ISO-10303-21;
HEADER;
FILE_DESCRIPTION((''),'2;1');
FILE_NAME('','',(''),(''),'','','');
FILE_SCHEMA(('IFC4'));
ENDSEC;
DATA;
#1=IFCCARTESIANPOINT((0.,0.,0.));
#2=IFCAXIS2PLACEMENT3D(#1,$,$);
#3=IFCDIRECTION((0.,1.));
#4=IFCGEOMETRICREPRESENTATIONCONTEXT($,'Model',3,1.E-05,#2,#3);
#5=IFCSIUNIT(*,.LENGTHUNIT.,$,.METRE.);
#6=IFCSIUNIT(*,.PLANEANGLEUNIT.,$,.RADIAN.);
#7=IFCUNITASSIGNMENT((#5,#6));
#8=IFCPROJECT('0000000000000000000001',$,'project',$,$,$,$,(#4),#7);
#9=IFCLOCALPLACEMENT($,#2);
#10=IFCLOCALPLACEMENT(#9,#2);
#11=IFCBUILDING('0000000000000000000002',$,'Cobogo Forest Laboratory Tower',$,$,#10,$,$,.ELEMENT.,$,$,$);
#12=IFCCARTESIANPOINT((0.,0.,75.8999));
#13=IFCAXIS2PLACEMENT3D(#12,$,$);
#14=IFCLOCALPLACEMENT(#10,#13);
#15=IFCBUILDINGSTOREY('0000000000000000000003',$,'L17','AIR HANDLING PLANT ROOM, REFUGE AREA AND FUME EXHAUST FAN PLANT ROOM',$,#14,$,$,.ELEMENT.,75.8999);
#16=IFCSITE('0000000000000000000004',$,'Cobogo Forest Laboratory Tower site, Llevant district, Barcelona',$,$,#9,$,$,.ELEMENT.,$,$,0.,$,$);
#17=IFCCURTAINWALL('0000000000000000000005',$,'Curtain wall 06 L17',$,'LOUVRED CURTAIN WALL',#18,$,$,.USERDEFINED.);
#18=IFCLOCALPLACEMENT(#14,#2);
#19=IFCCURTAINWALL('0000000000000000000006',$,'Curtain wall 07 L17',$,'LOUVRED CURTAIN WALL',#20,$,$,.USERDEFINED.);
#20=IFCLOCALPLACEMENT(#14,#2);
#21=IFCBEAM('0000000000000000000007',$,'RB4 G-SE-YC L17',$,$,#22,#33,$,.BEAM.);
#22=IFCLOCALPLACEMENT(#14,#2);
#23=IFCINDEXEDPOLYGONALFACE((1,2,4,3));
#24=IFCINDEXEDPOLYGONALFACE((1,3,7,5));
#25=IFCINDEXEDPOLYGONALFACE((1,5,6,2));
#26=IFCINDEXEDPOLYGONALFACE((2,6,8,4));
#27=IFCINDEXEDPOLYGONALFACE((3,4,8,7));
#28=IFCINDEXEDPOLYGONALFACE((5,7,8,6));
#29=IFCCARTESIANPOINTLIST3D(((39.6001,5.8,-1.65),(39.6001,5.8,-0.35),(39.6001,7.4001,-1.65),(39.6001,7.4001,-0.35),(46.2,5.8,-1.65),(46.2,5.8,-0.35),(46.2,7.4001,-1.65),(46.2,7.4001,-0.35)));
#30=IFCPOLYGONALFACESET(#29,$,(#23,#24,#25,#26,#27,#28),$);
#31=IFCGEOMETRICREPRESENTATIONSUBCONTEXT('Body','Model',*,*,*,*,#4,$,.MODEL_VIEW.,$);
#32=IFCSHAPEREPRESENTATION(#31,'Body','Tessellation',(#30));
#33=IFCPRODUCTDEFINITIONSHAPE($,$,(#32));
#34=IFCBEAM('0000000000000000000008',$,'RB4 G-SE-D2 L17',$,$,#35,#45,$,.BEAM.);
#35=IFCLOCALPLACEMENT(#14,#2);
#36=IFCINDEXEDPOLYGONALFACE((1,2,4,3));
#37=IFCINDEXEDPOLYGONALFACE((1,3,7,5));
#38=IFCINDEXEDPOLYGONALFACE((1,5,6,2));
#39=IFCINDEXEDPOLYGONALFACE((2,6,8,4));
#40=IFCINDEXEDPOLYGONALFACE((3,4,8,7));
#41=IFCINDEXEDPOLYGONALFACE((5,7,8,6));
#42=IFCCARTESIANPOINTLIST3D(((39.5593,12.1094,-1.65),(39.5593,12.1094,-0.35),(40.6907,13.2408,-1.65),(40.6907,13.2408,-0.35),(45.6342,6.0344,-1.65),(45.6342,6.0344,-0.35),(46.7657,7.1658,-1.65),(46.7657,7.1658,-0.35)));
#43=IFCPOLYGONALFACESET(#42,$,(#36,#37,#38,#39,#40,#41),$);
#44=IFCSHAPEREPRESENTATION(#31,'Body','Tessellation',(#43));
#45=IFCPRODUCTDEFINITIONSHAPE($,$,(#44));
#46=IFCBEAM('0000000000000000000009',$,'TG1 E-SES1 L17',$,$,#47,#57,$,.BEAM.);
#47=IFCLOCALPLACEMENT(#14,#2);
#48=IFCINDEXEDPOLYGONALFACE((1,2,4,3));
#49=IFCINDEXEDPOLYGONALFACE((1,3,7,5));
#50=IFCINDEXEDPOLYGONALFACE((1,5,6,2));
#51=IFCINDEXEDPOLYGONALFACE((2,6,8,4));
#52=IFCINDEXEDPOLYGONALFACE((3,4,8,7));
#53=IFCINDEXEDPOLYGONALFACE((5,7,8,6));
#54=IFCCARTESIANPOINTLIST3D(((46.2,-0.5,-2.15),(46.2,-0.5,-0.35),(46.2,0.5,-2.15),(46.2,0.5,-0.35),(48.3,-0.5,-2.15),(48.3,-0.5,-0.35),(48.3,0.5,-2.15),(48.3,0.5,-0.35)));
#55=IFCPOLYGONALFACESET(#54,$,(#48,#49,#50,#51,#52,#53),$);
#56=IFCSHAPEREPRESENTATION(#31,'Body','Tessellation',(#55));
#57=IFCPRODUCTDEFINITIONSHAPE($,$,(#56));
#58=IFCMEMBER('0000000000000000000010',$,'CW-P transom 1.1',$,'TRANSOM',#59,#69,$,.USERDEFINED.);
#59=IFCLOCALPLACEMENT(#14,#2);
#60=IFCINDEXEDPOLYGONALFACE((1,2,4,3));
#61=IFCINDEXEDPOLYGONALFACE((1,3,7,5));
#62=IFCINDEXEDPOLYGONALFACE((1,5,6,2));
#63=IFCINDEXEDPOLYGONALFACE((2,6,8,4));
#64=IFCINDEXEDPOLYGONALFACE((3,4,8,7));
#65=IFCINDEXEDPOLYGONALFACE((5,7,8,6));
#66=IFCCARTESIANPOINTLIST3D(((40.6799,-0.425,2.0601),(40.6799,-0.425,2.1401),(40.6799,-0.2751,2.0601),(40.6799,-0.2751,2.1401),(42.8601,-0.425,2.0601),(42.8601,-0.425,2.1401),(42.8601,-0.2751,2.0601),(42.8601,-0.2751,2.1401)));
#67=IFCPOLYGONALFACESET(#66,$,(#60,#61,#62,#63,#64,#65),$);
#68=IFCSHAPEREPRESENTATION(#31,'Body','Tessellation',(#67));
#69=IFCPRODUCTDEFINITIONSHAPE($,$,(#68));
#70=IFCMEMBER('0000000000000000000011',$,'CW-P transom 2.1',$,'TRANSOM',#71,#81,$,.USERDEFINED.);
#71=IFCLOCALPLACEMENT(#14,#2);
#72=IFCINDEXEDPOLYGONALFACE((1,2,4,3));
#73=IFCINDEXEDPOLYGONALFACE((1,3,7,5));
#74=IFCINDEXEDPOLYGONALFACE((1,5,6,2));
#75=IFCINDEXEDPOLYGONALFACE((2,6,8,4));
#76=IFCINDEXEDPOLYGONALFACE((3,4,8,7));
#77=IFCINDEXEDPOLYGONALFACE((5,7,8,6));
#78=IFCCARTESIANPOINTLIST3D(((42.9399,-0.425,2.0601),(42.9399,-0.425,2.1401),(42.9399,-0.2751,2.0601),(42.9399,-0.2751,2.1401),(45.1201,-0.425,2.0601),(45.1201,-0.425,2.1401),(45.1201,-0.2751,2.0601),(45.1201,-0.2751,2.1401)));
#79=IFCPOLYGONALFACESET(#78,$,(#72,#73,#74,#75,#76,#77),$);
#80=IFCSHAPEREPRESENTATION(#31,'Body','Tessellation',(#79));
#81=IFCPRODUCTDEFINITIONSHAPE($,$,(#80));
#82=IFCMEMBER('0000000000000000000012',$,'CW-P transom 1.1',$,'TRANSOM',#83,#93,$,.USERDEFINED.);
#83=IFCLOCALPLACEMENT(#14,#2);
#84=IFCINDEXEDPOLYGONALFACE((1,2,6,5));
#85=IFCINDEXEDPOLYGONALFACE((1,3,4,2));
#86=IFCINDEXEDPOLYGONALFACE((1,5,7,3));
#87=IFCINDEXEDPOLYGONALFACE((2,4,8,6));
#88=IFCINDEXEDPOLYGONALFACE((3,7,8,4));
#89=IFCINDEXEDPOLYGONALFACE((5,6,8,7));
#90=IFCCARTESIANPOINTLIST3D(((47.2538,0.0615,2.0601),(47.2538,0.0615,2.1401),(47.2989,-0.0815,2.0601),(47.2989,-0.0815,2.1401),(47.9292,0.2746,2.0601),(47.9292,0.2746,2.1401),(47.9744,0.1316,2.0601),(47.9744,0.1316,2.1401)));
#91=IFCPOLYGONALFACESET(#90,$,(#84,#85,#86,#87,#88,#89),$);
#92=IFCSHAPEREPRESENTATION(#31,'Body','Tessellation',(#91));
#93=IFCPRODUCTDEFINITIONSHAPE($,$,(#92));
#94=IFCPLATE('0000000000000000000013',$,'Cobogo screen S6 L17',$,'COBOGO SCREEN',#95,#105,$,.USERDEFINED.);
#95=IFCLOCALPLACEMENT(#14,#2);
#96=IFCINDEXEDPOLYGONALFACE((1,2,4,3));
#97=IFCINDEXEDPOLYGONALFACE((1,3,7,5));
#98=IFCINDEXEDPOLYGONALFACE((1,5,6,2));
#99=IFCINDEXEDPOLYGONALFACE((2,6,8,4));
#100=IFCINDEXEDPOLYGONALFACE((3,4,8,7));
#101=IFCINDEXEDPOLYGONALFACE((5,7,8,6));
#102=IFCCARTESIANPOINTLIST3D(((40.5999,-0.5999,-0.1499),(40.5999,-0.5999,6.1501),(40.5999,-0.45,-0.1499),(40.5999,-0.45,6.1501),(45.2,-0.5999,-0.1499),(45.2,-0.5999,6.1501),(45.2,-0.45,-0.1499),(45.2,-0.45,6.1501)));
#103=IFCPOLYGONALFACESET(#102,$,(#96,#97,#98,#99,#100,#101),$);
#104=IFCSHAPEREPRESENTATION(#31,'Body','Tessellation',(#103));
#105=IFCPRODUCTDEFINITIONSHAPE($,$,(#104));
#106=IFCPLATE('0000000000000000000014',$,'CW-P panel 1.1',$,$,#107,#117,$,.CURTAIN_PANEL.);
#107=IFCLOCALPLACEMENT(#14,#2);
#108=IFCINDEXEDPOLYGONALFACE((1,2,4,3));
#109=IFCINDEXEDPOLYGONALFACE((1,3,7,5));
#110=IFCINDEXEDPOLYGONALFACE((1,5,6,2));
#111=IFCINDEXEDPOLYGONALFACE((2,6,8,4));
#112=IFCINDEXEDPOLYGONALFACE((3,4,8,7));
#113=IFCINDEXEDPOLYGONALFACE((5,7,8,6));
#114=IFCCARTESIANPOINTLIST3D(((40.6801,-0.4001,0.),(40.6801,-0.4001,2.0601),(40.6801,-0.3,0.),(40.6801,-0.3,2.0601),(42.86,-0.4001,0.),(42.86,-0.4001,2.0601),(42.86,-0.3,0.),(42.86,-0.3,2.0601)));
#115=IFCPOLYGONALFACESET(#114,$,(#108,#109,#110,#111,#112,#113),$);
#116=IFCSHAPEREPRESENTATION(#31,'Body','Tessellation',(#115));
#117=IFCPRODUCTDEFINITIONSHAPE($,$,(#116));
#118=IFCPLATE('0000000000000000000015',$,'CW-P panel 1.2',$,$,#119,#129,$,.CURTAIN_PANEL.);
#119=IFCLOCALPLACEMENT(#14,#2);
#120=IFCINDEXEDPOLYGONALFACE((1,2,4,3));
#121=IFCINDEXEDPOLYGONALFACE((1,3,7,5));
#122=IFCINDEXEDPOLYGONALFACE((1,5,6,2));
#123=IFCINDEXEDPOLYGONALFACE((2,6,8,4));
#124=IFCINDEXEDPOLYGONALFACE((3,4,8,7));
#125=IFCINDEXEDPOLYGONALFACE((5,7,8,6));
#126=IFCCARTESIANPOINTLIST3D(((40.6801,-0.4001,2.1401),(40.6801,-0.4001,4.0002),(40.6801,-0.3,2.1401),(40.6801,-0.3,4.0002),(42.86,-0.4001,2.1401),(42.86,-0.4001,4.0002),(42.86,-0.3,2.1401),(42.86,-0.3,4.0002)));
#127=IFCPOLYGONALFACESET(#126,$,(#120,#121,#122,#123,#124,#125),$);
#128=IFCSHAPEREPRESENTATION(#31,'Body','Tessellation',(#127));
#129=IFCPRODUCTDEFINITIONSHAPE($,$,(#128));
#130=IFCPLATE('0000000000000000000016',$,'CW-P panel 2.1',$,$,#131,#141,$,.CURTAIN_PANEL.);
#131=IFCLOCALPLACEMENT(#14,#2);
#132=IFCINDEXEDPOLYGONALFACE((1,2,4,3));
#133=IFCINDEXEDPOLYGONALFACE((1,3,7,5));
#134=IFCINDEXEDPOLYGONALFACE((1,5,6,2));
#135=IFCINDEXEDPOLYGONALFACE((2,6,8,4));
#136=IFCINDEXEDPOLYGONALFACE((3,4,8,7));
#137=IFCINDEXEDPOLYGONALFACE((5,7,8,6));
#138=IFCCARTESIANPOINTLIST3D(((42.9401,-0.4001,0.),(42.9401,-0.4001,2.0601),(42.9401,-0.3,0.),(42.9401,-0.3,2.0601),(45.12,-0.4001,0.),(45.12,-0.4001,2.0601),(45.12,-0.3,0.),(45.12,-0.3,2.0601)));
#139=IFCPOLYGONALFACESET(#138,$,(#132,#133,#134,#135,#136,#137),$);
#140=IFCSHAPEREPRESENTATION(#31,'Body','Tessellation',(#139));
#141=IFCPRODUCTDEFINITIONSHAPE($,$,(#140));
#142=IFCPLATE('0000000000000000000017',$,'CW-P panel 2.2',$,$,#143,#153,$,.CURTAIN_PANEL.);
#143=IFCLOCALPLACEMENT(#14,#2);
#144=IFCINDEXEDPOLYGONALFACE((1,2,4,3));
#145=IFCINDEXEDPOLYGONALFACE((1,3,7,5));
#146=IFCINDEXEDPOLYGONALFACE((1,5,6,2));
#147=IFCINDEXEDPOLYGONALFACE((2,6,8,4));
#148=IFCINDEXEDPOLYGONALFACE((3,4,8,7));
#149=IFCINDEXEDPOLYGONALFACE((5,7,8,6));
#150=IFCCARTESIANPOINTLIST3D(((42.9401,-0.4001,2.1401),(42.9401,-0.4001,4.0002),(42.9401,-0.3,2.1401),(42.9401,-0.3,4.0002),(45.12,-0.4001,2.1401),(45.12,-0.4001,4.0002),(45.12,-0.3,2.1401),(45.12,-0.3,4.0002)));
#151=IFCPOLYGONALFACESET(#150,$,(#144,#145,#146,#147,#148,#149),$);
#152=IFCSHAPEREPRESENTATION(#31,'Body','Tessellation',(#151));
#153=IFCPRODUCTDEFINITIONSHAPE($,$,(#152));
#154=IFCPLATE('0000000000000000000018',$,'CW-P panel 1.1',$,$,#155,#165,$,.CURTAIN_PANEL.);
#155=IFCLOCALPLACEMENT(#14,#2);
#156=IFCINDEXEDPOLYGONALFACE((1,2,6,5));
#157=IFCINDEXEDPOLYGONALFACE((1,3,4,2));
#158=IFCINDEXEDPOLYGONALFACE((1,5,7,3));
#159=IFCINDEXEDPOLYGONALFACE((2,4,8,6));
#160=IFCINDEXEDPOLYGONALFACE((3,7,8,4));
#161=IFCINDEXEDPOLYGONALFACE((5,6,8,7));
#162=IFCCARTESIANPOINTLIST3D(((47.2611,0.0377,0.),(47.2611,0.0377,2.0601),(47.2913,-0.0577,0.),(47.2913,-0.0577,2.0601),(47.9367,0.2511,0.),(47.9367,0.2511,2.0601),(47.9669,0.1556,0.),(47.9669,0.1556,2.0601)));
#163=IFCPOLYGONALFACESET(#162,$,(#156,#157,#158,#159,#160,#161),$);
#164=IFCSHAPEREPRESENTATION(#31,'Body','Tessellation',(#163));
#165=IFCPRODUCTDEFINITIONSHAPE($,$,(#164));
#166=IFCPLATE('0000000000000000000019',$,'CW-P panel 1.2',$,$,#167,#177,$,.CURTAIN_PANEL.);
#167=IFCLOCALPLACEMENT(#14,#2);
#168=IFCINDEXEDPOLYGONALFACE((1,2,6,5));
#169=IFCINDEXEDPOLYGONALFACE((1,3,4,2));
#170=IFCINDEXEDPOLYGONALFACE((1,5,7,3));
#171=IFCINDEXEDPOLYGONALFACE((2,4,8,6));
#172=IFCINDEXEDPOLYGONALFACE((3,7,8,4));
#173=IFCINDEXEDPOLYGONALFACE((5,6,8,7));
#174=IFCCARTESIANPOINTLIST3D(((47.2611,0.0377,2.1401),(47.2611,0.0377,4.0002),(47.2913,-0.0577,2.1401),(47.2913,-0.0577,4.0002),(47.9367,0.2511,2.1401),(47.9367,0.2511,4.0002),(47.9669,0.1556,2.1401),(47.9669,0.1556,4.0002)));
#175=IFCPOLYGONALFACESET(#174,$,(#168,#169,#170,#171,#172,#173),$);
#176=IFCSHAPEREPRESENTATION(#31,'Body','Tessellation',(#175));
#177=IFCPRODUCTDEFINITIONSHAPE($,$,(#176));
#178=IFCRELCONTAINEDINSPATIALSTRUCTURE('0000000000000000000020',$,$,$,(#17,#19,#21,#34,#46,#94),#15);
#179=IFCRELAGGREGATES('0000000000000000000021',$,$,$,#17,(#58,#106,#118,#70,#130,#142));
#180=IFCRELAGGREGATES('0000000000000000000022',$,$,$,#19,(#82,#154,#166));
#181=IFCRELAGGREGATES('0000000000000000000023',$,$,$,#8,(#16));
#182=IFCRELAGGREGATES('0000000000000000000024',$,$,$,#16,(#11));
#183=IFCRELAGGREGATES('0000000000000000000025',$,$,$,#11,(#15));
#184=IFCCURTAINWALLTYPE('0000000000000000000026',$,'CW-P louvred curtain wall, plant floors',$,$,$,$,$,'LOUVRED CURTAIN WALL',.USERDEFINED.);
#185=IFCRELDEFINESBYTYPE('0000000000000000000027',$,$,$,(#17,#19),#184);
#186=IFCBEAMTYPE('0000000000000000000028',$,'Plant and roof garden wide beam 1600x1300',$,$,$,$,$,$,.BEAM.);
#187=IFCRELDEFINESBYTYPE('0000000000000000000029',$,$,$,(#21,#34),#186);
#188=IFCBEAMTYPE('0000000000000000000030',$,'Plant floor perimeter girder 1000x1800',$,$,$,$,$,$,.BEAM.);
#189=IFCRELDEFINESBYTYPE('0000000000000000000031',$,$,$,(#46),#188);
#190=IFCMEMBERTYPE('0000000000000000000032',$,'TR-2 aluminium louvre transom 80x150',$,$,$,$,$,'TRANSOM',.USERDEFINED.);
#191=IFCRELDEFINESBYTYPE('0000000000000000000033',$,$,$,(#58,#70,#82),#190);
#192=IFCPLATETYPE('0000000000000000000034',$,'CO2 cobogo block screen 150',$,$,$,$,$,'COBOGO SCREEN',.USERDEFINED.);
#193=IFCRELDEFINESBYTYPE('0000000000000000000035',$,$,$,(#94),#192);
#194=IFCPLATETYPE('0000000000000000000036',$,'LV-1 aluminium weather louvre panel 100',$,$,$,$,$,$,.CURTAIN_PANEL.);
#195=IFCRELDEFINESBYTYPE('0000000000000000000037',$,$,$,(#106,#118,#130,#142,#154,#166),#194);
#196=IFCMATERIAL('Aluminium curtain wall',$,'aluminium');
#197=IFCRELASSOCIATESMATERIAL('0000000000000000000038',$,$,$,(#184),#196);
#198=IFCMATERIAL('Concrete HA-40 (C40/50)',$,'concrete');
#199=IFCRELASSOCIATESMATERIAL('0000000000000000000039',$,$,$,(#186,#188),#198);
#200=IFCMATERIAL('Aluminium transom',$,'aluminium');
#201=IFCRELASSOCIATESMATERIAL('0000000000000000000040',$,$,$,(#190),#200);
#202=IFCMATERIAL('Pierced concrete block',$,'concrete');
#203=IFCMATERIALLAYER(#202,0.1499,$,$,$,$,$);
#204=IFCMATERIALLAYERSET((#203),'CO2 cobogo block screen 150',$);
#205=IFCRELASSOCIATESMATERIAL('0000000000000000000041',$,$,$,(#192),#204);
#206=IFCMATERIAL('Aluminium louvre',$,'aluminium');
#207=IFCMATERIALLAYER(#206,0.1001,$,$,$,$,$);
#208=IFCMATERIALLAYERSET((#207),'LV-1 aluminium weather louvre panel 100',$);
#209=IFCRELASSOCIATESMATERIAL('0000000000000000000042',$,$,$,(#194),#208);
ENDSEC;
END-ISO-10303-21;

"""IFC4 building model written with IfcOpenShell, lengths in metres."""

from ifc_helpers import new_model, si_unit, direction, frame, origin, origin_2d, place, context, subcontext, project, spatial, rectangle, extrude, material, layer, layer_set, material_profile, profile_set, type_object, element, aggregate, save


model = new_model("IFC4")

# Units and contexts
model_context = context("Model", 3, precision=1e-05, world=origin(), true_north=direction((0.0, 1.0)))
body_context = subcontext(model_context, "Body", "Model", "MODEL_VIEW")
ifc_project = project(units=[si_unit("LENGTHUNIT", "METRE"), si_unit("PLANEANGLEUNIT", "RADIAN")], contexts=[model_context])

# Site, building, storey
site_placement = place(None, origin())
site = spatial("IfcSite", under=ifc_project, at=site_placement, Name="Cobogo Forest Laboratory Tower site, Llevant district, Barcelona", CompositionType="ELEMENT", RefElevation=0.0)
building_placement = place(site_placement, origin())
building = spatial("IfcBuilding", under=site, at=building_placement, Name="Cobogo Forest Laboratory Tower", CompositionType="ELEMENT")
storey_placement = place(building_placement, frame((0.0, 0.0, 75.8999)))
storey = spatial("IfcBuildingStorey", under=building, at=storey_placement, Name="L17", Description="AIR HANDLING PLANT ROOM, REFUGE AREA AND FUME EXHAUST FAN PLANT ROOM", CompositionType="ELEMENT", Elevation=75.8999)

# Curtain wall
ifc_material_1 = material(Name="Aluminium curtain wall", Category="aluminium")
curtain_wall_type = type_object("IfcCurtainWallType", Name="CW-P louvred curtain wall, plant floors", ElementType="LOUVRED CURTAIN WALL", PredefinedType="USERDEFINED", material=ifc_material_1)
curtain_wall_1_placement = place(storey_placement, origin())
curtain_wall_1 = element("IfcCurtainWall", 1, at=curtain_wall_1_placement, inside=storey, type_object=curtain_wall_type, Name="Curtain wall 06 L17", ObjectType="LOUVRED CURTAIN WALL", PredefinedType="USERDEFINED")

# Curtain wall
curtain_wall_2_placement = place(storey_placement, origin())
curtain_wall_2 = element("IfcCurtainWall", 2, at=curtain_wall_2_placement, inside=storey, type_object=curtain_wall_type, Name="Curtain wall 07 L17", ObjectType="LOUVRED CURTAIN WALL", PredefinedType="USERDEFINED")

# Beams
ifc_material_2 = material(Name="Concrete HA-40 (C40/50)", Category="concrete")
ifc_material_profile_1 = material_profile(ifc_material_2, rectangle(XDim=1.6001, YDim=1.3, at=origin_2d()), Name="RC 1600x1300")
ifc_profile_set_1 = profile_set([ifc_material_profile_1], Name="Concrete HA-40 (C40/50)")
beam_type_1 = type_object("IfcBeamType", Name="Plant and roof garden wide beam 1600x1300", PredefinedType="BEAM", material=ifc_profile_set_1)
for number, where, z_axis, x_axis, name in (
    (3, (46.2, 6.6001, -1.0), (-1.0, 0.0, 0.0), (0.0, -1.0, 0.0), "RB4 G-SE-YC L17"),
):
    element("IfcBeam", number, at=place(storey_placement, frame(where, z_axis=z_axis, x_axis=x_axis)), inside=storey, type_object=beam_type_1, Name=name, PredefinedType="BEAM", context=body_context, shape_type="SweptSolid", body=[
        extrude(rectangle(XDim=1.6001, YDim=1.3, at=origin_2d()), origin(), (0.0, 0.0, 1.0), 6.5999),
    ])
beam_1_placement = place(storey_placement, frame((46.2, 6.6001, -1.0), z_axis=(-0.707107, 0.707107, 0.0), x_axis=(-0.707107, -0.707107, 0.0)))
element("IfcBeam", 4, at=beam_1_placement, inside=storey, type_object=beam_type_1, Name="RB4 G-SE-D2 L17", PredefinedType="BEAM", context=body_context, shape_type="SweptSolid", body=[
    extrude(rectangle(XDim=1.6001, YDim=1.3, at=origin_2d()), origin(), (0.0, 0.0, 1.0), 8.5913),
])
ifc_material_profile_2 = material_profile(ifc_material_2, rectangle(XDim=1.0, YDim=1.8, at=origin_2d()), Name="RC 1000x1800")
ifc_profile_set_2 = profile_set([ifc_material_profile_2], Name="Concrete HA-40 (C40/50)")
beam_type_2 = type_object("IfcBeamType", Name="Plant floor perimeter girder 1000x1800", PredefinedType="BEAM", material=ifc_profile_set_2)
beam_2_placement = place(storey_placement, frame((46.2, 0.0, -1.25), z_axis=(1.0, 0.0, 0.0), x_axis=(0.0, 1.0, 0.0)))
element("IfcBeam", 5, at=beam_2_placement, inside=storey, type_object=beam_type_2, Name="TG1 E-SES1 L17", PredefinedType="BEAM", context=body_context, shape_type="SweptSolid", body=[
    extrude(rectangle(XDim=1.0, YDim=1.8, at=origin_2d()), origin(), (0.0, 0.0, 1.0), 2.1001),
])

# Members
ifc_material_3 = material(Name="Aluminium transom", Category="aluminium")
ifc_material_profile_3 = material_profile(ifc_material_3, rectangle(XDim=0.1499, YDim=0.0801, at=origin_2d()), Name="AL 80x150")
ifc_profile_set_3 = profile_set([ifc_material_profile_3], Name="Aluminium transom")
member_type_1 = type_object("IfcMemberType", Name="TR-2 aluminium louvre transom 80x150", ElementType="TRANSOM", PredefinedType="USERDEFINED", material=ifc_profile_set_3)
member_1_placement = place(storey_placement, frame((40.6799, -0.3501, 2.1001), z_axis=(1.0, 0.0, 0.0), x_axis=(0.0, 1.0, 0.0)))
member_1 = element("IfcMember", 6, at=member_1_placement, type_object=member_type_1, Name="CW-P transom 1.1", ObjectType="TRANSOM", PredefinedType="USERDEFINED", context=body_context, shape_type="SweptSolid", body=[
    extrude(rectangle(XDim=0.1499, YDim=0.0801, at=origin_2d()), origin(), (0.0, 0.0, 1.0), 2.1802),
])
member_2_placement = place(storey_placement, frame((42.9399, -0.3501, 2.1001), z_axis=(1.0, 0.0, 0.0), x_axis=(0.0, 1.0, 0.0)))
member_2 = element("IfcMember", 7, at=member_2_placement, type_object=member_type_1, Name="CW-P transom 2.1", ObjectType="TRANSOM", PredefinedType="USERDEFINED", context=body_context, shape_type="SweptSolid", body=[
    extrude(rectangle(XDim=0.1499, YDim=0.0801, at=origin_2d()), origin(), (0.0, 0.0, 1.0), 2.1802),
])
member_3_placement = place(storey_placement, frame((47.2764, -0.01, 2.1001), z_axis=(0.953661, 0.300884, 0.0), x_axis=(-0.300884, 0.953661, 0.0)))
member_3 = element("IfcMember", 8, at=member_3_placement, type_object=member_type_1, Name="CW-P transom 1.1", ObjectType="TRANSOM", PredefinedType="USERDEFINED", context=body_context, shape_type="SweptSolid", body=[
    extrude(rectangle(XDim=0.1499, YDim=0.0801, at=origin_2d()), origin(), (0.0, 0.0, 1.0), 0.7083),
])

# Plates
ifc_material_4 = material(Name="Pierced concrete block", Category="concrete")
ifc_layer_1 = layer(ifc_material_4, 0.1499)
ifc_layer_set_1 = layer_set([ifc_layer_1], Name="CO2 cobogo block screen 150")
plate_type_1 = type_object("IfcPlateType", Name="CO2 cobogo block screen 150", ElementType="COBOGO SCREEN", PredefinedType="USERDEFINED", material=ifc_layer_set_1)
plate_1_placement = place(storey_placement, frame((42.8999, -0.5249, -0.1499), z_axis=(0.0, 0.0, 1.0), x_axis=(1.0, 0.0, 0.0)))
element("IfcPlate", 9, at=plate_1_placement, inside=storey, type_object=plate_type_1, Name="Cobogo screen S6 L17", ObjectType="COBOGO SCREEN", PredefinedType="USERDEFINED", context=body_context, shape_type="SweptSolid", body=[
    extrude(rectangle(XDim=4.6001, YDim=0.1499, at=origin_2d()), origin(), (0.0, 0.0, 1.0), 6.3),
])
ifc_material_5 = material(Name="Aluminium louvre", Category="aluminium")
ifc_layer_2 = layer(ifc_material_5, 0.1001)
ifc_layer_set_2 = layer_set([ifc_layer_2], Name="LV-1 aluminium weather louvre panel 100")
plate_type_2 = type_object("IfcPlateType", Name="LV-1 aluminium weather louvre panel 100", PredefinedType="CURTAIN_PANEL", material=ifc_layer_set_2)
plate_2_placement = place(storey_placement, frame((41.77, -0.3501, 0.0), z_axis=(0.0, 0.0, 1.0), x_axis=(1.0, 0.0, 0.0)))
plate_2 = element("IfcPlate", 10, at=plate_2_placement, type_object=plate_type_2, Name="CW-P panel 1.1", PredefinedType="CURTAIN_PANEL", context=body_context, shape_type="SweptSolid", body=[
    extrude(rectangle(XDim=2.1799, YDim=0.1001, at=origin_2d()), origin(), (0.0, 0.0, 1.0), 2.0601),
])
plate_3_placement = place(storey_placement, frame((41.77, -0.3501, 2.1401), z_axis=(0.0, 0.0, 1.0), x_axis=(1.0, 0.0, 0.0)))
plate_3 = element("IfcPlate", 11, at=plate_3_placement, type_object=plate_type_2, Name="CW-P panel 1.2", PredefinedType="CURTAIN_PANEL", context=body_context, shape_type="SweptSolid", body=[
    extrude(rectangle(XDim=2.1799, YDim=0.1001, at=origin_2d()), origin(), (0.0, 0.0, 1.0), 1.8601),
])
plate_4_placement = place(storey_placement, frame((44.03, -0.3501, 0.0), z_axis=(0.0, 0.0, 1.0), x_axis=(1.0, 0.0, 0.0)))
plate_4 = element("IfcPlate", 12, at=plate_4_placement, type_object=plate_type_2, Name="CW-P panel 2.1", PredefinedType="CURTAIN_PANEL", context=body_context, shape_type="SweptSolid", body=[
    extrude(rectangle(XDim=2.1799, YDim=0.1001, at=origin_2d()), origin(), (0.0, 0.0, 1.0), 2.0601),
])
plate_5_placement = place(storey_placement, frame((44.03, -0.3501, 2.1401), z_axis=(0.0, 0.0, 1.0), x_axis=(1.0, 0.0, 0.0)))
plate_5 = element("IfcPlate", 13, at=plate_5_placement, type_object=plate_type_2, Name="CW-P panel 2.2", PredefinedType="CURTAIN_PANEL", context=body_context, shape_type="SweptSolid", body=[
    extrude(rectangle(XDim=2.1799, YDim=0.1001, at=origin_2d()), origin(), (0.0, 0.0, 1.0), 1.8601),
])
aggregate(curtain_wall_1, [member_1, plate_2, plate_3, member_2, plate_4, plate_5])
plate_6_placement = place(storey_placement, frame((47.614, 0.0967, 0.0), z_axis=(0.0, 0.0, 1.0), x_axis=(0.953581, 0.301136, 0.0)))
plate_6 = element("IfcPlate", 14, at=plate_6_placement, type_object=plate_type_2, Name="CW-P panel 1.1", PredefinedType="CURTAIN_PANEL", context=body_context, shape_type="SweptSolid", body=[
    extrude(rectangle(XDim=0.7085, YDim=0.1001, at=origin_2d()), origin(), (0.0, 0.0, 1.0), 2.0601),
])
plate_7_placement = place(storey_placement, frame((47.614, 0.0967, 2.1401), z_axis=(0.0, 0.0, 1.0), x_axis=(0.953581, 0.301136, 0.0)))
plate_7 = element("IfcPlate", 15, at=plate_7_placement, type_object=plate_type_2, Name="CW-P panel 1.2", PredefinedType="CURTAIN_PANEL", context=body_context, shape_type="SweptSolid", body=[
    extrude(rectangle(XDim=0.7085, YDim=0.1001, at=origin_2d()), origin(), (0.0, 0.0, 1.0), 1.8601),
])
aggregate(curtain_wall_2, [member_3, plate_6, plate_7])

save(model, "model.ifc")
